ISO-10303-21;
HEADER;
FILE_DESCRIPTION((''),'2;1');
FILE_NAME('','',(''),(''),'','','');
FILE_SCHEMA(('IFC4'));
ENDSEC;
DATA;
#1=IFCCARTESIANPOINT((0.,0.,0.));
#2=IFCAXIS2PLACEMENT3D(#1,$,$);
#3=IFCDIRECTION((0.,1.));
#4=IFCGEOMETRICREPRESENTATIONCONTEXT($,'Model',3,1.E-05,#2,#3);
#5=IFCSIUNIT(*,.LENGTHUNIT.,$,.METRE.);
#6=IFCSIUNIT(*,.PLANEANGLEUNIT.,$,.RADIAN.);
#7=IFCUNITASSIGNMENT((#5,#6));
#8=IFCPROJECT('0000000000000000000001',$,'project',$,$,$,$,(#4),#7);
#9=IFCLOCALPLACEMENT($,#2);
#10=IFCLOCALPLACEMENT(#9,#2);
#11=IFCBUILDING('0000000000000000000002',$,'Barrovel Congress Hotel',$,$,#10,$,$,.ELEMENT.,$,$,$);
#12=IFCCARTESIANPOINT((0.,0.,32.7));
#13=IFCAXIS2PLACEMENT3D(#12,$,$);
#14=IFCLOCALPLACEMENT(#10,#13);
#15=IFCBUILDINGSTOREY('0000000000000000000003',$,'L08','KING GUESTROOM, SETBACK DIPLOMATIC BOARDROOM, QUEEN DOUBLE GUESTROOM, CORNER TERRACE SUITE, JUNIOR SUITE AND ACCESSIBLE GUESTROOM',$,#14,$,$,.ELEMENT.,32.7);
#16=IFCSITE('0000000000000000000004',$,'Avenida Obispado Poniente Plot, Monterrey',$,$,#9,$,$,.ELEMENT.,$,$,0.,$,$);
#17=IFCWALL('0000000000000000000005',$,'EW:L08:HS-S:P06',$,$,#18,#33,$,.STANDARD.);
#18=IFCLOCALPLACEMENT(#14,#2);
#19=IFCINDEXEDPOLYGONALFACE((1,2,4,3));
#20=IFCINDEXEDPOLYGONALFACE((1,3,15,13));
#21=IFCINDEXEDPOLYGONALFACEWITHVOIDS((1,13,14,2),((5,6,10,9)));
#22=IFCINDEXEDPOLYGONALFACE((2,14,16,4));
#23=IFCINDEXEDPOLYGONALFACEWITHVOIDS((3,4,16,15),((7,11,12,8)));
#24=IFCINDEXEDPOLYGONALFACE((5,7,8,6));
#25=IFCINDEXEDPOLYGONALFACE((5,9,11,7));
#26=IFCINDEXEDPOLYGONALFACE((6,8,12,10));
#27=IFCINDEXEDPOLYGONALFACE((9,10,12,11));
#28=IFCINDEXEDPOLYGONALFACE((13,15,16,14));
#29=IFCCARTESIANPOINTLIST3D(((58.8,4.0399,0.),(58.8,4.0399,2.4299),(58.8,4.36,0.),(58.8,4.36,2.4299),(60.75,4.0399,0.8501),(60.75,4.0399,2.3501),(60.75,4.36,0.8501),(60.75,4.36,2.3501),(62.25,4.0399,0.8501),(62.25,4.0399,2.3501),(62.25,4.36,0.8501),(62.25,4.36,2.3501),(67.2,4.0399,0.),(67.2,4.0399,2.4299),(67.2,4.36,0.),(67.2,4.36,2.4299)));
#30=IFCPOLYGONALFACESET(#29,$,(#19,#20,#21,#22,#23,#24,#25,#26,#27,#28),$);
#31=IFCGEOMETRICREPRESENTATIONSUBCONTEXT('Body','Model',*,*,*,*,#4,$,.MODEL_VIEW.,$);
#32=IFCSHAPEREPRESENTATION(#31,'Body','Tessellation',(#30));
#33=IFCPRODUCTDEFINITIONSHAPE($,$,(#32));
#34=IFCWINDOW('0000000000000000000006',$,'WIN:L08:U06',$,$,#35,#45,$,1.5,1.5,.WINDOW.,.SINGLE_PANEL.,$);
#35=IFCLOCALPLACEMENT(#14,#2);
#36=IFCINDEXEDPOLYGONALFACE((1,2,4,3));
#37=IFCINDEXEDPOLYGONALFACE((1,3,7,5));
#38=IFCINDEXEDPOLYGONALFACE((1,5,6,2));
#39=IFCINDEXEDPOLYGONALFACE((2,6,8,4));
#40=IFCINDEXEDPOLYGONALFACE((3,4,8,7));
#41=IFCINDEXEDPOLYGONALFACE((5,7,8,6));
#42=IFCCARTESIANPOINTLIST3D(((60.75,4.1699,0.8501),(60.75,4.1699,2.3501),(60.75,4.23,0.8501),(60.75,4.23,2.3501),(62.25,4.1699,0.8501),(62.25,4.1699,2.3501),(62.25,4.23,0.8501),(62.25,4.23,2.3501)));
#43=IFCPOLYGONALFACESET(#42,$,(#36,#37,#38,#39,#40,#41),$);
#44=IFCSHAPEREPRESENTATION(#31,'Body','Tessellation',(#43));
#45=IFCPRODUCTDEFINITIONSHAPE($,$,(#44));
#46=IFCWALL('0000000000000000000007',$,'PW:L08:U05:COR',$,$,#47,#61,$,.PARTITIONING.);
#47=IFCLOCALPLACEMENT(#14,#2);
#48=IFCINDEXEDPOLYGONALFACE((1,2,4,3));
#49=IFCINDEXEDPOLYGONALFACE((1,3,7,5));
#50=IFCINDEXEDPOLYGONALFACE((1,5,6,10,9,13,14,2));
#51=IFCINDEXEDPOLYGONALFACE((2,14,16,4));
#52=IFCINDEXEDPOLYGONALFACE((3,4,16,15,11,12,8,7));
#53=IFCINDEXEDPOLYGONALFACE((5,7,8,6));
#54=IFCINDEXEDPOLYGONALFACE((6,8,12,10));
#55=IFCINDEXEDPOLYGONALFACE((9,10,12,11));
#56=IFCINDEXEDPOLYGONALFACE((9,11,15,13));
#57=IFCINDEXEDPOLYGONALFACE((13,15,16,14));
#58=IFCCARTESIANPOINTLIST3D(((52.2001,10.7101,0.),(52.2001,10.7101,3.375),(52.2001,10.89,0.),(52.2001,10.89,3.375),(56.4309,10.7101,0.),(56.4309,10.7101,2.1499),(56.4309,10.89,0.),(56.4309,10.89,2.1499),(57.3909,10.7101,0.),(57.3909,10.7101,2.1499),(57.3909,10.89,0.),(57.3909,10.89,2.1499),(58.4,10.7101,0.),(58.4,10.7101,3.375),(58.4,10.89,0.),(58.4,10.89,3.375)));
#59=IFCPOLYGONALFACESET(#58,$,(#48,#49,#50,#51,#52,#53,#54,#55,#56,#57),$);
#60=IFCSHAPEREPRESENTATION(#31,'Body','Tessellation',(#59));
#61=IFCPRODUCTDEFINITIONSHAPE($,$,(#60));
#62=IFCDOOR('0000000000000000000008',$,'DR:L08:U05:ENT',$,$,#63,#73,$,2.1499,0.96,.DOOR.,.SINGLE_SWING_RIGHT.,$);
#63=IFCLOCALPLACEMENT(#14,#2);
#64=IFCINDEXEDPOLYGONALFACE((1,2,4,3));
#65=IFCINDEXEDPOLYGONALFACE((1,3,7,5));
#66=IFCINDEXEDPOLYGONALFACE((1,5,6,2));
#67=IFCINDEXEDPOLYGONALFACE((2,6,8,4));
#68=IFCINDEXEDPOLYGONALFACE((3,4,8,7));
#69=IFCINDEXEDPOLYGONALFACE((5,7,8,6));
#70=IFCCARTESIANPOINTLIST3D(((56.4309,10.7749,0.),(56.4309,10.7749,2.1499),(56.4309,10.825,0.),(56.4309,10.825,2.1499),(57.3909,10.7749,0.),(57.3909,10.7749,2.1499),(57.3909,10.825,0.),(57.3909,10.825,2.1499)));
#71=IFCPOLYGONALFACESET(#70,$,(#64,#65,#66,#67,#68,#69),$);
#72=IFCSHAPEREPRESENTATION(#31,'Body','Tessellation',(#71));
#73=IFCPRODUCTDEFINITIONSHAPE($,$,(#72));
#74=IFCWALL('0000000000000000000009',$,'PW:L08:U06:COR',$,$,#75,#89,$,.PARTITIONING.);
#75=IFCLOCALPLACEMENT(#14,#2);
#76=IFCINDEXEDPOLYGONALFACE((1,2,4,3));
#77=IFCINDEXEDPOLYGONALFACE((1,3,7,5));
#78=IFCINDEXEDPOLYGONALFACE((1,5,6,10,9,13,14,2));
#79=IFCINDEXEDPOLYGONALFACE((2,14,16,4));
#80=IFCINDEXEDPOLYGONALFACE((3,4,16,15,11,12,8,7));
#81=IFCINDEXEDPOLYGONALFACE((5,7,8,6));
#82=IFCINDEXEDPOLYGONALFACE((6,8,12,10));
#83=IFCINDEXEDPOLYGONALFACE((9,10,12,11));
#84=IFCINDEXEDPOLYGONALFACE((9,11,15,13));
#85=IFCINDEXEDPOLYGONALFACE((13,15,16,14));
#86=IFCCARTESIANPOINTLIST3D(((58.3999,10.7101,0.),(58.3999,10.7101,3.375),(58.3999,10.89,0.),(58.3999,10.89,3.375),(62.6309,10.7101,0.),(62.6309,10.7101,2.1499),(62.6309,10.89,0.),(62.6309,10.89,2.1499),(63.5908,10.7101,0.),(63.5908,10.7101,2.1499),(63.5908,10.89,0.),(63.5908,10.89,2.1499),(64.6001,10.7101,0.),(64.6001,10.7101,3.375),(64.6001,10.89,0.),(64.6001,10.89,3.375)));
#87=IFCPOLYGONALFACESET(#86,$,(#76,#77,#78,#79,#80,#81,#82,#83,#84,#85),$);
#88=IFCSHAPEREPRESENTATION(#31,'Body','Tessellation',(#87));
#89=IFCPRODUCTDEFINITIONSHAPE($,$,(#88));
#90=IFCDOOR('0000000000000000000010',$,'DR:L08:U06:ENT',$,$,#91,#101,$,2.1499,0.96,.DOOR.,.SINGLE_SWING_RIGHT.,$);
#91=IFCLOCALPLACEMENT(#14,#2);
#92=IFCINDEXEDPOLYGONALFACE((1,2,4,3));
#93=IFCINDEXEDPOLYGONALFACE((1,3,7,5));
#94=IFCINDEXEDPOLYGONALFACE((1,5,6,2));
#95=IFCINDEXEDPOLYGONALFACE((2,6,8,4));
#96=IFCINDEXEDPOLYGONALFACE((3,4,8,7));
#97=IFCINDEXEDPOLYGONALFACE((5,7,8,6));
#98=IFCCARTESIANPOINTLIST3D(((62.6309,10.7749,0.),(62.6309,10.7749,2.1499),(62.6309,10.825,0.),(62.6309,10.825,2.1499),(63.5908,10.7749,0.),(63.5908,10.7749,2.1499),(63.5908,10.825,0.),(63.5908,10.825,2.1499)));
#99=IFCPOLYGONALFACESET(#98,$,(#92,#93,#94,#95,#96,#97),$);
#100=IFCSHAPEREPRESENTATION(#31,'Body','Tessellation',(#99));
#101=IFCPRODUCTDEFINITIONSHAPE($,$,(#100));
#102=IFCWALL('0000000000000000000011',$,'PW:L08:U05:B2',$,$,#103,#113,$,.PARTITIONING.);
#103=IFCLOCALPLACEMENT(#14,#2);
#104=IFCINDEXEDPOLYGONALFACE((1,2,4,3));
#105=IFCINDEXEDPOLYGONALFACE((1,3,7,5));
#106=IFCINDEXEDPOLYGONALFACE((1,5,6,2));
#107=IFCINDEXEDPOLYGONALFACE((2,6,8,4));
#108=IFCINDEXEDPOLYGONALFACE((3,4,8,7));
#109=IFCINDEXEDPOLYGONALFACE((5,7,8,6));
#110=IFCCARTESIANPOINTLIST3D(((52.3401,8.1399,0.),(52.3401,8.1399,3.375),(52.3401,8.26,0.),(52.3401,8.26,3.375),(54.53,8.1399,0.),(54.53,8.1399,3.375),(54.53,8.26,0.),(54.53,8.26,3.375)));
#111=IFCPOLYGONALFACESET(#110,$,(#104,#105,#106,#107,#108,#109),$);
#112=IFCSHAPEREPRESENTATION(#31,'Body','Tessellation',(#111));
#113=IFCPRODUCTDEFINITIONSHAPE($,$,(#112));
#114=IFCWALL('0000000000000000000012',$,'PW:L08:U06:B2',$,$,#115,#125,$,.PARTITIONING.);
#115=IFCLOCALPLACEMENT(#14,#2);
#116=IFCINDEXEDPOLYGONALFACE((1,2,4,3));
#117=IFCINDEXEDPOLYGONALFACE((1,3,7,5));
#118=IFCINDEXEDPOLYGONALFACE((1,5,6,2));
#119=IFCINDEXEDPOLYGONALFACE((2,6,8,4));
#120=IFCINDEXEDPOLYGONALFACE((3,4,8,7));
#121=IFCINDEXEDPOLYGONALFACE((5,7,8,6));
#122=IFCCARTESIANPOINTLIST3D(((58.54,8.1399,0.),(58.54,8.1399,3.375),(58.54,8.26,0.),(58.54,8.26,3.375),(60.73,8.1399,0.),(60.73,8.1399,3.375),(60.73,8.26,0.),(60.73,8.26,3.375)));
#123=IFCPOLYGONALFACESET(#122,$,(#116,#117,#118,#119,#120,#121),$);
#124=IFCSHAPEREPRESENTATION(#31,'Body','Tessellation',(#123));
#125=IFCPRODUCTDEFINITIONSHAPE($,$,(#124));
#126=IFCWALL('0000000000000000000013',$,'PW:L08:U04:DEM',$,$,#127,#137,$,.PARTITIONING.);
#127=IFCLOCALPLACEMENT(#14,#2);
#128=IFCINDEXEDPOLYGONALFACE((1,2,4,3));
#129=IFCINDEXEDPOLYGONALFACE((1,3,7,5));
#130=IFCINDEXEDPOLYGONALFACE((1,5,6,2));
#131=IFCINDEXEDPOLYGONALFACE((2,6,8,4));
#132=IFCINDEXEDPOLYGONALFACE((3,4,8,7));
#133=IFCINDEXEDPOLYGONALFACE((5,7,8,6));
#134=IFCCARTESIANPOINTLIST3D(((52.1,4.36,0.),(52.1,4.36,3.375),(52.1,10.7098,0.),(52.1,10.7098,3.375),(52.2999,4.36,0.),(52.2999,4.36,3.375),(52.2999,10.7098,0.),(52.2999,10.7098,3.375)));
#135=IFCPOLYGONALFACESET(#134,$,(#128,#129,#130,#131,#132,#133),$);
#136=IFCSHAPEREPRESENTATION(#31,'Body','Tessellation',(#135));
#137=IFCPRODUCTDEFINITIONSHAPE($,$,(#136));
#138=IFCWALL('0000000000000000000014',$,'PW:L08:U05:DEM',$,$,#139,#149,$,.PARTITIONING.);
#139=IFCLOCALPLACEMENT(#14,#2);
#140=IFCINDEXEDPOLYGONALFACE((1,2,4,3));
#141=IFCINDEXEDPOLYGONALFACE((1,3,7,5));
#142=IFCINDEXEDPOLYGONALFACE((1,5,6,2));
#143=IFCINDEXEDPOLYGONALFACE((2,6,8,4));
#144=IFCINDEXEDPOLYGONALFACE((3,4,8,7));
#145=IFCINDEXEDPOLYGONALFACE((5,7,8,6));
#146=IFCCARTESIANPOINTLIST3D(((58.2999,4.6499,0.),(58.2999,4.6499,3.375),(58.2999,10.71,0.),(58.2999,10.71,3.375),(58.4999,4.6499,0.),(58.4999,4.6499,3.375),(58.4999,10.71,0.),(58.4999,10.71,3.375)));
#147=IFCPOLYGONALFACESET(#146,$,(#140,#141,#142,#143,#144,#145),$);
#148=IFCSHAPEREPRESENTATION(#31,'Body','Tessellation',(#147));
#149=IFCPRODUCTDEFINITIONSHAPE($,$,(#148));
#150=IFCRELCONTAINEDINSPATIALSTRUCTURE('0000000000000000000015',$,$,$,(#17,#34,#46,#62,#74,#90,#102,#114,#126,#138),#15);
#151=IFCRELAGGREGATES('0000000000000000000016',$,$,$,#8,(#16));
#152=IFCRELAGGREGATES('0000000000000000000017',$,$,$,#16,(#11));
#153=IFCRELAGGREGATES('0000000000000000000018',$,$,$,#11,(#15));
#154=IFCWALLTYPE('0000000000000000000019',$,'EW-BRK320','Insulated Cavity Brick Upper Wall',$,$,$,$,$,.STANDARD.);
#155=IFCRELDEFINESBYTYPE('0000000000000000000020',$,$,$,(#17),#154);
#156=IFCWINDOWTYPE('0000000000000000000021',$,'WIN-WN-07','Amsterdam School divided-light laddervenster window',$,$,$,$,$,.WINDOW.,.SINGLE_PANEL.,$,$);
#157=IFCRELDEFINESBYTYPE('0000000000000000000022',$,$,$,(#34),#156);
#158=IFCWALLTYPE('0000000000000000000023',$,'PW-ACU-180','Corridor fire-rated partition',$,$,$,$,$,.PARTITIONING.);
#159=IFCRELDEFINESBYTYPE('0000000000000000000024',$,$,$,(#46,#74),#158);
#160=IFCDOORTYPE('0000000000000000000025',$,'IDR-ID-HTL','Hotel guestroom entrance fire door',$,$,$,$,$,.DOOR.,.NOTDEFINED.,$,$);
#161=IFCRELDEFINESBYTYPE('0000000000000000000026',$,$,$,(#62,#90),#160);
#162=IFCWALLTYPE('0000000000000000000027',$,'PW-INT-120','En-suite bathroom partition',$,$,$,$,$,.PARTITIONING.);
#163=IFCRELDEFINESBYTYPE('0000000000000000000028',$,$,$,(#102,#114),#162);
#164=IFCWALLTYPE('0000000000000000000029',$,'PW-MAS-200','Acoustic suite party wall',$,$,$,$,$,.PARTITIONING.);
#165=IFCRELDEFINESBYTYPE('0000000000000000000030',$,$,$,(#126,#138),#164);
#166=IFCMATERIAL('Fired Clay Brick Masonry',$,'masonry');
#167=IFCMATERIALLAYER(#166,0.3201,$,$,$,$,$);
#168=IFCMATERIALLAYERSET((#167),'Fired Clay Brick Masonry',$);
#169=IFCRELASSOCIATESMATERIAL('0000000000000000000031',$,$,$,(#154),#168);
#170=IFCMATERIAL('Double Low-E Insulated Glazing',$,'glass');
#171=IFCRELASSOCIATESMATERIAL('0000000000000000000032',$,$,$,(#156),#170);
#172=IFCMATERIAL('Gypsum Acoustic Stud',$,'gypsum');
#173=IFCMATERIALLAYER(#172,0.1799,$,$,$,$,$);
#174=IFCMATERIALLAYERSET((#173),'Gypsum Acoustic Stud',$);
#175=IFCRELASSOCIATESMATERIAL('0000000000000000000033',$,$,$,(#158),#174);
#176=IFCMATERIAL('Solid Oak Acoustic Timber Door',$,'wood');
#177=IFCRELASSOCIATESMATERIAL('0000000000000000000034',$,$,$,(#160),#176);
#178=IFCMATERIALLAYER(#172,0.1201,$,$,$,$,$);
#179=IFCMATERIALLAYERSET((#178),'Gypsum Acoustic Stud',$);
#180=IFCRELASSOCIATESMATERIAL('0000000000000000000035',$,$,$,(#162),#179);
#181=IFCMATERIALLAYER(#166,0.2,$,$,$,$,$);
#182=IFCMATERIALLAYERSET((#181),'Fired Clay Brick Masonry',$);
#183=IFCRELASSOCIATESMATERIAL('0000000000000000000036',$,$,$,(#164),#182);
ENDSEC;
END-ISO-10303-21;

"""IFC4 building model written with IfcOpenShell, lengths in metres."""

from ifc_helpers import new_model, si_unit, direction, frame, frame_2d, origin, place, context, subcontext, project, spatial, rectangle, extrude, material, layer, layer_set, type_object, element, fill, save


model = new_model("IFC4")

# Units and contexts
model_context = context("Model", 3, precision=1e-05, world=origin(), true_north=direction((0.0, 1.0)))
body_context = subcontext(model_context, "Body", "Model", "MODEL_VIEW")
ifc_project = project(units=[si_unit("LENGTHUNIT", "METRE"), si_unit("PLANEANGLEUNIT", "RADIAN")], contexts=[model_context])

# Site, building, storey
site_placement = place(None, origin())
site = spatial("IfcSite", under=ifc_project, at=site_placement, Name="Avenida Obispado Poniente Plot, Monterrey", CompositionType="ELEMENT", RefElevation=0.0)
building_placement = place(site_placement, origin())
building = spatial("IfcBuilding", under=site, at=building_placement, Name="Barrovel Congress Hotel", CompositionType="ELEMENT")
storey_placement = place(building_placement, frame((0.0, 0.0, 32.7)))
storey = spatial("IfcBuildingStorey", under=building, at=storey_placement, Name="L08", Description="KING GUESTROOM, SETBACK DIPLOMATIC BOARDROOM, QUEEN DOUBLE GUESTROOM, CORNER TERRACE SUITE, JUNIOR SUITE AND ACCESSIBLE GUESTROOM", CompositionType="ELEMENT", Elevation=32.7)

# Wall, opening, window
ifc_material_1 = material(Name="Fired Clay Brick Masonry", Category="masonry")
ifc_layer_1 = layer(ifc_material_1, 0.3201)
ifc_layer_set_1 = layer_set([ifc_layer_1], Name="Fired Clay Brick Masonry")
wall_type_1 = type_object("IfcWallType", Name="EW-BRK320", Description="Insulated Cavity Brick Upper Wall", PredefinedType="STANDARD", material=ifc_layer_set_1)
wall_1_placement = place(storey_placement, frame((58.8, 4.2, 0.0), z_axis=(0.0, 0.0, 1.0), x_axis=(1.0, 0.0, 0.0)))
wall_1 = element("IfcWall", 1, at=wall_1_placement, inside=storey, type_object=wall_type_1, Name="EW:L08:HS-S:P06", PredefinedType="STANDARD", context=body_context, shape_type="SweptSolid", body=[
    extrude(rectangle(XDim=8.3999, YDim=0.3201, at=frame_2d((4.2, 0.0))), origin(), (0.0, 0.0, 1.0), 2.4299),
])
opening_1_placement = place(wall_1_placement, frame((1.95, 0.0, 0.8501)))
opening_1 = element("IfcOpeningElement", 2, at=opening_1_placement, cuts=wall_1, PredefinedType="OPENING", context=body_context, shape_type="SweptSolid", body=[
    extrude(rectangle(XDim=1.5, YDim=1.5, at=frame_2d((0.75, 0.75))), frame((0.0, 0.1699, 0.0), z_axis=(0.0, -1.0, 0.0), x_axis=(1.0, 0.0, 0.0)), (0.0, 0.0, 1.0), 0.3401),
])
ifc_material_2 = material(Name="Double Low-E Insulated Glazing", Category="glass")
window_type = type_object("IfcWindowType", Name="WIN-WN-07", Description="Amsterdam School divided-light laddervenster window", PartitioningType="SINGLE_PANEL", PredefinedType="WINDOW", material=ifc_material_2)
window_placement = place(opening_1_placement, origin())
window = element("IfcWindow", 3, at=window_placement, inside=storey, type_object=window_type, Name="WIN:L08:U06", OverallHeight=1.5, OverallWidth=1.5, PartitioningType="SINGLE_PANEL", PredefinedType="WINDOW", context=body_context, shape_type="SweptSolid", body=[
    extrude(rectangle(XDim=1.5, YDim=1.5, at=frame_2d((0.75, 0.75))), frame((0.0, 0.03, 0.0), z_axis=(0.0, -1.0, 0.0), x_axis=(1.0, 0.0, 0.0)), (0.0, 0.0, 1.0), 0.0601),
])
fill(opening_1, window)

# Walls, openings, doors
ifc_material_3 = material(Name="Gypsum Acoustic Stud", Category="gypsum")
ifc_layer_2 = layer(ifc_material_3, 0.1799)
ifc_layer_set_2 = layer_set([ifc_layer_2], Name="Gypsum Acoustic Stud")
wall_type_2 = type_object("IfcWallType", Name="PW-ACU-180", Description="Corridor fire-rated partition", PredefinedType="PARTITIONING", material=ifc_layer_set_2)
wall_2_placement = place(storey_placement, frame((52.2, 10.8, 0.0), z_axis=(0.0, 0.0, 1.0), x_axis=(1.0, 0.0, 0.0)))
wall_2 = element("IfcWall", 4, at=wall_2_placement, inside=storey, type_object=wall_type_2, Name="PW:L08:U05:COR", PredefinedType="PARTITIONING", context=body_context, shape_type="SweptSolid", body=[
    extrude(rectangle(XDim=6.2, YDim=0.1799, at=frame_2d((3.1001, 0.0))), origin(), (0.0, 0.0, 1.0), 3.375),
])
opening_2_placement = place(wall_2_placement, frame((4.231, 0.0, 0.0)))
opening_2 = element("IfcOpeningElement", 5, at=opening_2_placement, cuts=wall_2, PredefinedType="OPENING", context=body_context, shape_type="SweptSolid", body=[
    extrude(rectangle(XDim=0.96, YDim=2.1499, at=frame_2d((0.48, 1.075))), frame((0.0, 0.1001, 0.0), z_axis=(0.0, -1.0, 0.0), x_axis=(1.0, 0.0, 0.0)), (0.0, 0.0, 1.0), 0.2),
])
ifc_material_4 = material(Name="Solid Oak Acoustic Timber Door", Category="wood")
door_type_1 = type_object("IfcDoorType", Name="IDR-ID-HTL", Description="Hotel guestroom entrance fire door", OperationType="NOTDEFINED", PredefinedType="DOOR", material=ifc_material_4)
door_1_placement = place(opening_2_placement, origin())
door_1 = element("IfcDoor", 6, at=door_1_placement, inside=storey, type_object=door_type_1, Name="DR:L08:U05:ENT", OperationType="SINGLE_SWING_RIGHT", OverallHeight=2.1499, OverallWidth=0.96, PredefinedType="DOOR", context=body_context, shape_type="SweptSolid", body=[
    extrude(rectangle(XDim=0.96, YDim=2.1499, at=frame_2d((0.48, 1.075))), frame((0.0, 0.0249, 0.0), z_axis=(0.0, -1.0, 0.0), x_axis=(1.0, 0.0, 0.0)), (0.0, 0.0, 1.0), 0.05),
])
fill(opening_2, door_1)
wall_3_placement = place(storey_placement, frame((58.3999, 10.8, 0.0), z_axis=(0.0, 0.0, 1.0), x_axis=(1.0, 0.0, 0.0)))
wall_3 = element("IfcWall", 7, at=wall_3_placement, inside=storey, type_object=wall_type_2, Name="PW:L08:U06:COR", PredefinedType="PARTITIONING", context=body_context, shape_type="SweptSolid", body=[
    extrude(rectangle(XDim=6.2002, YDim=0.1799, at=frame_2d((3.1001, 0.0))), origin(), (0.0, 0.0, 1.0), 3.375),
])
opening_3_placement = place(wall_3_placement, frame((4.231, 0.0, 0.0)))
opening_3 = element("IfcOpeningElement", 8, at=opening_3_placement, cuts=wall_3, PredefinedType="OPENING", context=body_context, shape_type="SweptSolid", body=[
    extrude(rectangle(XDim=0.96, YDim=2.1499, at=frame_2d((0.48, 1.075))), frame((0.0, 0.1001, 0.0), z_axis=(0.0, -1.0, 0.0), x_axis=(1.0, 0.0, 0.0)), (0.0, 0.0, 1.0), 0.2),
])
door_2_placement = place(opening_3_placement, origin())
door_2 = element("IfcDoor", 9, at=door_2_placement, inside=storey, type_object=door_type_1, Name="DR:L08:U06:ENT", OperationType="SINGLE_SWING_RIGHT", OverallHeight=2.1499, OverallWidth=0.96, PredefinedType="DOOR", context=body_context, shape_type="SweptSolid", body=[
    extrude(rectangle(XDim=0.96, YDim=2.1499, at=frame_2d((0.48, 1.075))), frame((0.0, 0.0249, 0.0), z_axis=(0.0, -1.0, 0.0), x_axis=(1.0, 0.0, 0.0)), (0.0, 0.0, 1.0), 0.05),
])
fill(opening_3, door_2)

# Walls
ifc_layer_3 = layer(ifc_material_3, 0.1201)
ifc_layer_set_3 = layer_set([ifc_layer_3], Name="Gypsum Acoustic Stud")
wall_type_3 = type_object("IfcWallType", Name="PW-INT-120", Description="En-suite bathroom partition", PredefinedType="PARTITIONING", material=ifc_layer_set_3)
for number, where, z_axis, x_axis, name in (
    (10, (52.3401, 8.2, 0.0), (0.0, 0.0, 1.0), (1.0, 0.0, 0.0), "PW:L08:U05:B2"),
    (11, (58.54, 8.2, 0.0), (0.0, 0.0, 1.0), (1.0, 0.0, 0.0), "PW:L08:U06:B2"),
):
    element("IfcWall", number, at=place(storey_placement, frame(where, z_axis=z_axis, x_axis=x_axis)), inside=storey, type_object=wall_type_3, Name=name, PredefinedType="PARTITIONING", context=body_context, shape_type="SweptSolid", body=[
        extrude(rectangle(XDim=2.1899, YDim=0.1201, at=frame_2d((1.095, 0.0))), origin(), (0.0, 0.0, 1.0), 3.375),
    ])
ifc_layer_4 = layer(ifc_material_1, 0.2)
ifc_layer_set_4 = layer_set([ifc_layer_4], Name="Fired Clay Brick Masonry")
wall_type_4 = type_object("IfcWallType", Name="PW-MAS-200", Description="Acoustic suite party wall", PredefinedType="PARTITIONING", material=ifc_layer_set_4)
wall_4_placement = place(storey_placement, frame((52.2, 4.3601, 0.0), z_axis=(0.0, 0.0, 1.0), x_axis=(0.0, 1.0, 0.0)))
element("IfcWall", 12, at=wall_4_placement, inside=storey, type_object=wall_type_4, Name="PW:L08:U04:DEM", PredefinedType="PARTITIONING", context=body_context, shape_type="SweptSolid", body=[
    extrude(rectangle(XDim=6.3499, YDim=0.2, at=frame_2d((3.1748, 0.0))), origin(), (0.0, 0.0, 1.0), 3.375),
])
wall_5_placement = place(storey_placement, frame((58.3999, 4.6499, 0.0), z_axis=(0.0, 0.0, 1.0), x_axis=(0.0, 1.0, 0.0)))
element("IfcWall", 13, at=wall_5_placement, inside=storey, type_object=wall_type_4, Name="PW:L08:U05:DEM", PredefinedType="PARTITIONING", context=body_context, shape_type="SweptSolid", body=[
    extrude(rectangle(XDim=6.0601, YDim=0.2, at=frame_2d((3.03, 0.0))), origin(), (0.0, 0.0, 1.0), 3.375),
])

save(model, "model.ifc")
